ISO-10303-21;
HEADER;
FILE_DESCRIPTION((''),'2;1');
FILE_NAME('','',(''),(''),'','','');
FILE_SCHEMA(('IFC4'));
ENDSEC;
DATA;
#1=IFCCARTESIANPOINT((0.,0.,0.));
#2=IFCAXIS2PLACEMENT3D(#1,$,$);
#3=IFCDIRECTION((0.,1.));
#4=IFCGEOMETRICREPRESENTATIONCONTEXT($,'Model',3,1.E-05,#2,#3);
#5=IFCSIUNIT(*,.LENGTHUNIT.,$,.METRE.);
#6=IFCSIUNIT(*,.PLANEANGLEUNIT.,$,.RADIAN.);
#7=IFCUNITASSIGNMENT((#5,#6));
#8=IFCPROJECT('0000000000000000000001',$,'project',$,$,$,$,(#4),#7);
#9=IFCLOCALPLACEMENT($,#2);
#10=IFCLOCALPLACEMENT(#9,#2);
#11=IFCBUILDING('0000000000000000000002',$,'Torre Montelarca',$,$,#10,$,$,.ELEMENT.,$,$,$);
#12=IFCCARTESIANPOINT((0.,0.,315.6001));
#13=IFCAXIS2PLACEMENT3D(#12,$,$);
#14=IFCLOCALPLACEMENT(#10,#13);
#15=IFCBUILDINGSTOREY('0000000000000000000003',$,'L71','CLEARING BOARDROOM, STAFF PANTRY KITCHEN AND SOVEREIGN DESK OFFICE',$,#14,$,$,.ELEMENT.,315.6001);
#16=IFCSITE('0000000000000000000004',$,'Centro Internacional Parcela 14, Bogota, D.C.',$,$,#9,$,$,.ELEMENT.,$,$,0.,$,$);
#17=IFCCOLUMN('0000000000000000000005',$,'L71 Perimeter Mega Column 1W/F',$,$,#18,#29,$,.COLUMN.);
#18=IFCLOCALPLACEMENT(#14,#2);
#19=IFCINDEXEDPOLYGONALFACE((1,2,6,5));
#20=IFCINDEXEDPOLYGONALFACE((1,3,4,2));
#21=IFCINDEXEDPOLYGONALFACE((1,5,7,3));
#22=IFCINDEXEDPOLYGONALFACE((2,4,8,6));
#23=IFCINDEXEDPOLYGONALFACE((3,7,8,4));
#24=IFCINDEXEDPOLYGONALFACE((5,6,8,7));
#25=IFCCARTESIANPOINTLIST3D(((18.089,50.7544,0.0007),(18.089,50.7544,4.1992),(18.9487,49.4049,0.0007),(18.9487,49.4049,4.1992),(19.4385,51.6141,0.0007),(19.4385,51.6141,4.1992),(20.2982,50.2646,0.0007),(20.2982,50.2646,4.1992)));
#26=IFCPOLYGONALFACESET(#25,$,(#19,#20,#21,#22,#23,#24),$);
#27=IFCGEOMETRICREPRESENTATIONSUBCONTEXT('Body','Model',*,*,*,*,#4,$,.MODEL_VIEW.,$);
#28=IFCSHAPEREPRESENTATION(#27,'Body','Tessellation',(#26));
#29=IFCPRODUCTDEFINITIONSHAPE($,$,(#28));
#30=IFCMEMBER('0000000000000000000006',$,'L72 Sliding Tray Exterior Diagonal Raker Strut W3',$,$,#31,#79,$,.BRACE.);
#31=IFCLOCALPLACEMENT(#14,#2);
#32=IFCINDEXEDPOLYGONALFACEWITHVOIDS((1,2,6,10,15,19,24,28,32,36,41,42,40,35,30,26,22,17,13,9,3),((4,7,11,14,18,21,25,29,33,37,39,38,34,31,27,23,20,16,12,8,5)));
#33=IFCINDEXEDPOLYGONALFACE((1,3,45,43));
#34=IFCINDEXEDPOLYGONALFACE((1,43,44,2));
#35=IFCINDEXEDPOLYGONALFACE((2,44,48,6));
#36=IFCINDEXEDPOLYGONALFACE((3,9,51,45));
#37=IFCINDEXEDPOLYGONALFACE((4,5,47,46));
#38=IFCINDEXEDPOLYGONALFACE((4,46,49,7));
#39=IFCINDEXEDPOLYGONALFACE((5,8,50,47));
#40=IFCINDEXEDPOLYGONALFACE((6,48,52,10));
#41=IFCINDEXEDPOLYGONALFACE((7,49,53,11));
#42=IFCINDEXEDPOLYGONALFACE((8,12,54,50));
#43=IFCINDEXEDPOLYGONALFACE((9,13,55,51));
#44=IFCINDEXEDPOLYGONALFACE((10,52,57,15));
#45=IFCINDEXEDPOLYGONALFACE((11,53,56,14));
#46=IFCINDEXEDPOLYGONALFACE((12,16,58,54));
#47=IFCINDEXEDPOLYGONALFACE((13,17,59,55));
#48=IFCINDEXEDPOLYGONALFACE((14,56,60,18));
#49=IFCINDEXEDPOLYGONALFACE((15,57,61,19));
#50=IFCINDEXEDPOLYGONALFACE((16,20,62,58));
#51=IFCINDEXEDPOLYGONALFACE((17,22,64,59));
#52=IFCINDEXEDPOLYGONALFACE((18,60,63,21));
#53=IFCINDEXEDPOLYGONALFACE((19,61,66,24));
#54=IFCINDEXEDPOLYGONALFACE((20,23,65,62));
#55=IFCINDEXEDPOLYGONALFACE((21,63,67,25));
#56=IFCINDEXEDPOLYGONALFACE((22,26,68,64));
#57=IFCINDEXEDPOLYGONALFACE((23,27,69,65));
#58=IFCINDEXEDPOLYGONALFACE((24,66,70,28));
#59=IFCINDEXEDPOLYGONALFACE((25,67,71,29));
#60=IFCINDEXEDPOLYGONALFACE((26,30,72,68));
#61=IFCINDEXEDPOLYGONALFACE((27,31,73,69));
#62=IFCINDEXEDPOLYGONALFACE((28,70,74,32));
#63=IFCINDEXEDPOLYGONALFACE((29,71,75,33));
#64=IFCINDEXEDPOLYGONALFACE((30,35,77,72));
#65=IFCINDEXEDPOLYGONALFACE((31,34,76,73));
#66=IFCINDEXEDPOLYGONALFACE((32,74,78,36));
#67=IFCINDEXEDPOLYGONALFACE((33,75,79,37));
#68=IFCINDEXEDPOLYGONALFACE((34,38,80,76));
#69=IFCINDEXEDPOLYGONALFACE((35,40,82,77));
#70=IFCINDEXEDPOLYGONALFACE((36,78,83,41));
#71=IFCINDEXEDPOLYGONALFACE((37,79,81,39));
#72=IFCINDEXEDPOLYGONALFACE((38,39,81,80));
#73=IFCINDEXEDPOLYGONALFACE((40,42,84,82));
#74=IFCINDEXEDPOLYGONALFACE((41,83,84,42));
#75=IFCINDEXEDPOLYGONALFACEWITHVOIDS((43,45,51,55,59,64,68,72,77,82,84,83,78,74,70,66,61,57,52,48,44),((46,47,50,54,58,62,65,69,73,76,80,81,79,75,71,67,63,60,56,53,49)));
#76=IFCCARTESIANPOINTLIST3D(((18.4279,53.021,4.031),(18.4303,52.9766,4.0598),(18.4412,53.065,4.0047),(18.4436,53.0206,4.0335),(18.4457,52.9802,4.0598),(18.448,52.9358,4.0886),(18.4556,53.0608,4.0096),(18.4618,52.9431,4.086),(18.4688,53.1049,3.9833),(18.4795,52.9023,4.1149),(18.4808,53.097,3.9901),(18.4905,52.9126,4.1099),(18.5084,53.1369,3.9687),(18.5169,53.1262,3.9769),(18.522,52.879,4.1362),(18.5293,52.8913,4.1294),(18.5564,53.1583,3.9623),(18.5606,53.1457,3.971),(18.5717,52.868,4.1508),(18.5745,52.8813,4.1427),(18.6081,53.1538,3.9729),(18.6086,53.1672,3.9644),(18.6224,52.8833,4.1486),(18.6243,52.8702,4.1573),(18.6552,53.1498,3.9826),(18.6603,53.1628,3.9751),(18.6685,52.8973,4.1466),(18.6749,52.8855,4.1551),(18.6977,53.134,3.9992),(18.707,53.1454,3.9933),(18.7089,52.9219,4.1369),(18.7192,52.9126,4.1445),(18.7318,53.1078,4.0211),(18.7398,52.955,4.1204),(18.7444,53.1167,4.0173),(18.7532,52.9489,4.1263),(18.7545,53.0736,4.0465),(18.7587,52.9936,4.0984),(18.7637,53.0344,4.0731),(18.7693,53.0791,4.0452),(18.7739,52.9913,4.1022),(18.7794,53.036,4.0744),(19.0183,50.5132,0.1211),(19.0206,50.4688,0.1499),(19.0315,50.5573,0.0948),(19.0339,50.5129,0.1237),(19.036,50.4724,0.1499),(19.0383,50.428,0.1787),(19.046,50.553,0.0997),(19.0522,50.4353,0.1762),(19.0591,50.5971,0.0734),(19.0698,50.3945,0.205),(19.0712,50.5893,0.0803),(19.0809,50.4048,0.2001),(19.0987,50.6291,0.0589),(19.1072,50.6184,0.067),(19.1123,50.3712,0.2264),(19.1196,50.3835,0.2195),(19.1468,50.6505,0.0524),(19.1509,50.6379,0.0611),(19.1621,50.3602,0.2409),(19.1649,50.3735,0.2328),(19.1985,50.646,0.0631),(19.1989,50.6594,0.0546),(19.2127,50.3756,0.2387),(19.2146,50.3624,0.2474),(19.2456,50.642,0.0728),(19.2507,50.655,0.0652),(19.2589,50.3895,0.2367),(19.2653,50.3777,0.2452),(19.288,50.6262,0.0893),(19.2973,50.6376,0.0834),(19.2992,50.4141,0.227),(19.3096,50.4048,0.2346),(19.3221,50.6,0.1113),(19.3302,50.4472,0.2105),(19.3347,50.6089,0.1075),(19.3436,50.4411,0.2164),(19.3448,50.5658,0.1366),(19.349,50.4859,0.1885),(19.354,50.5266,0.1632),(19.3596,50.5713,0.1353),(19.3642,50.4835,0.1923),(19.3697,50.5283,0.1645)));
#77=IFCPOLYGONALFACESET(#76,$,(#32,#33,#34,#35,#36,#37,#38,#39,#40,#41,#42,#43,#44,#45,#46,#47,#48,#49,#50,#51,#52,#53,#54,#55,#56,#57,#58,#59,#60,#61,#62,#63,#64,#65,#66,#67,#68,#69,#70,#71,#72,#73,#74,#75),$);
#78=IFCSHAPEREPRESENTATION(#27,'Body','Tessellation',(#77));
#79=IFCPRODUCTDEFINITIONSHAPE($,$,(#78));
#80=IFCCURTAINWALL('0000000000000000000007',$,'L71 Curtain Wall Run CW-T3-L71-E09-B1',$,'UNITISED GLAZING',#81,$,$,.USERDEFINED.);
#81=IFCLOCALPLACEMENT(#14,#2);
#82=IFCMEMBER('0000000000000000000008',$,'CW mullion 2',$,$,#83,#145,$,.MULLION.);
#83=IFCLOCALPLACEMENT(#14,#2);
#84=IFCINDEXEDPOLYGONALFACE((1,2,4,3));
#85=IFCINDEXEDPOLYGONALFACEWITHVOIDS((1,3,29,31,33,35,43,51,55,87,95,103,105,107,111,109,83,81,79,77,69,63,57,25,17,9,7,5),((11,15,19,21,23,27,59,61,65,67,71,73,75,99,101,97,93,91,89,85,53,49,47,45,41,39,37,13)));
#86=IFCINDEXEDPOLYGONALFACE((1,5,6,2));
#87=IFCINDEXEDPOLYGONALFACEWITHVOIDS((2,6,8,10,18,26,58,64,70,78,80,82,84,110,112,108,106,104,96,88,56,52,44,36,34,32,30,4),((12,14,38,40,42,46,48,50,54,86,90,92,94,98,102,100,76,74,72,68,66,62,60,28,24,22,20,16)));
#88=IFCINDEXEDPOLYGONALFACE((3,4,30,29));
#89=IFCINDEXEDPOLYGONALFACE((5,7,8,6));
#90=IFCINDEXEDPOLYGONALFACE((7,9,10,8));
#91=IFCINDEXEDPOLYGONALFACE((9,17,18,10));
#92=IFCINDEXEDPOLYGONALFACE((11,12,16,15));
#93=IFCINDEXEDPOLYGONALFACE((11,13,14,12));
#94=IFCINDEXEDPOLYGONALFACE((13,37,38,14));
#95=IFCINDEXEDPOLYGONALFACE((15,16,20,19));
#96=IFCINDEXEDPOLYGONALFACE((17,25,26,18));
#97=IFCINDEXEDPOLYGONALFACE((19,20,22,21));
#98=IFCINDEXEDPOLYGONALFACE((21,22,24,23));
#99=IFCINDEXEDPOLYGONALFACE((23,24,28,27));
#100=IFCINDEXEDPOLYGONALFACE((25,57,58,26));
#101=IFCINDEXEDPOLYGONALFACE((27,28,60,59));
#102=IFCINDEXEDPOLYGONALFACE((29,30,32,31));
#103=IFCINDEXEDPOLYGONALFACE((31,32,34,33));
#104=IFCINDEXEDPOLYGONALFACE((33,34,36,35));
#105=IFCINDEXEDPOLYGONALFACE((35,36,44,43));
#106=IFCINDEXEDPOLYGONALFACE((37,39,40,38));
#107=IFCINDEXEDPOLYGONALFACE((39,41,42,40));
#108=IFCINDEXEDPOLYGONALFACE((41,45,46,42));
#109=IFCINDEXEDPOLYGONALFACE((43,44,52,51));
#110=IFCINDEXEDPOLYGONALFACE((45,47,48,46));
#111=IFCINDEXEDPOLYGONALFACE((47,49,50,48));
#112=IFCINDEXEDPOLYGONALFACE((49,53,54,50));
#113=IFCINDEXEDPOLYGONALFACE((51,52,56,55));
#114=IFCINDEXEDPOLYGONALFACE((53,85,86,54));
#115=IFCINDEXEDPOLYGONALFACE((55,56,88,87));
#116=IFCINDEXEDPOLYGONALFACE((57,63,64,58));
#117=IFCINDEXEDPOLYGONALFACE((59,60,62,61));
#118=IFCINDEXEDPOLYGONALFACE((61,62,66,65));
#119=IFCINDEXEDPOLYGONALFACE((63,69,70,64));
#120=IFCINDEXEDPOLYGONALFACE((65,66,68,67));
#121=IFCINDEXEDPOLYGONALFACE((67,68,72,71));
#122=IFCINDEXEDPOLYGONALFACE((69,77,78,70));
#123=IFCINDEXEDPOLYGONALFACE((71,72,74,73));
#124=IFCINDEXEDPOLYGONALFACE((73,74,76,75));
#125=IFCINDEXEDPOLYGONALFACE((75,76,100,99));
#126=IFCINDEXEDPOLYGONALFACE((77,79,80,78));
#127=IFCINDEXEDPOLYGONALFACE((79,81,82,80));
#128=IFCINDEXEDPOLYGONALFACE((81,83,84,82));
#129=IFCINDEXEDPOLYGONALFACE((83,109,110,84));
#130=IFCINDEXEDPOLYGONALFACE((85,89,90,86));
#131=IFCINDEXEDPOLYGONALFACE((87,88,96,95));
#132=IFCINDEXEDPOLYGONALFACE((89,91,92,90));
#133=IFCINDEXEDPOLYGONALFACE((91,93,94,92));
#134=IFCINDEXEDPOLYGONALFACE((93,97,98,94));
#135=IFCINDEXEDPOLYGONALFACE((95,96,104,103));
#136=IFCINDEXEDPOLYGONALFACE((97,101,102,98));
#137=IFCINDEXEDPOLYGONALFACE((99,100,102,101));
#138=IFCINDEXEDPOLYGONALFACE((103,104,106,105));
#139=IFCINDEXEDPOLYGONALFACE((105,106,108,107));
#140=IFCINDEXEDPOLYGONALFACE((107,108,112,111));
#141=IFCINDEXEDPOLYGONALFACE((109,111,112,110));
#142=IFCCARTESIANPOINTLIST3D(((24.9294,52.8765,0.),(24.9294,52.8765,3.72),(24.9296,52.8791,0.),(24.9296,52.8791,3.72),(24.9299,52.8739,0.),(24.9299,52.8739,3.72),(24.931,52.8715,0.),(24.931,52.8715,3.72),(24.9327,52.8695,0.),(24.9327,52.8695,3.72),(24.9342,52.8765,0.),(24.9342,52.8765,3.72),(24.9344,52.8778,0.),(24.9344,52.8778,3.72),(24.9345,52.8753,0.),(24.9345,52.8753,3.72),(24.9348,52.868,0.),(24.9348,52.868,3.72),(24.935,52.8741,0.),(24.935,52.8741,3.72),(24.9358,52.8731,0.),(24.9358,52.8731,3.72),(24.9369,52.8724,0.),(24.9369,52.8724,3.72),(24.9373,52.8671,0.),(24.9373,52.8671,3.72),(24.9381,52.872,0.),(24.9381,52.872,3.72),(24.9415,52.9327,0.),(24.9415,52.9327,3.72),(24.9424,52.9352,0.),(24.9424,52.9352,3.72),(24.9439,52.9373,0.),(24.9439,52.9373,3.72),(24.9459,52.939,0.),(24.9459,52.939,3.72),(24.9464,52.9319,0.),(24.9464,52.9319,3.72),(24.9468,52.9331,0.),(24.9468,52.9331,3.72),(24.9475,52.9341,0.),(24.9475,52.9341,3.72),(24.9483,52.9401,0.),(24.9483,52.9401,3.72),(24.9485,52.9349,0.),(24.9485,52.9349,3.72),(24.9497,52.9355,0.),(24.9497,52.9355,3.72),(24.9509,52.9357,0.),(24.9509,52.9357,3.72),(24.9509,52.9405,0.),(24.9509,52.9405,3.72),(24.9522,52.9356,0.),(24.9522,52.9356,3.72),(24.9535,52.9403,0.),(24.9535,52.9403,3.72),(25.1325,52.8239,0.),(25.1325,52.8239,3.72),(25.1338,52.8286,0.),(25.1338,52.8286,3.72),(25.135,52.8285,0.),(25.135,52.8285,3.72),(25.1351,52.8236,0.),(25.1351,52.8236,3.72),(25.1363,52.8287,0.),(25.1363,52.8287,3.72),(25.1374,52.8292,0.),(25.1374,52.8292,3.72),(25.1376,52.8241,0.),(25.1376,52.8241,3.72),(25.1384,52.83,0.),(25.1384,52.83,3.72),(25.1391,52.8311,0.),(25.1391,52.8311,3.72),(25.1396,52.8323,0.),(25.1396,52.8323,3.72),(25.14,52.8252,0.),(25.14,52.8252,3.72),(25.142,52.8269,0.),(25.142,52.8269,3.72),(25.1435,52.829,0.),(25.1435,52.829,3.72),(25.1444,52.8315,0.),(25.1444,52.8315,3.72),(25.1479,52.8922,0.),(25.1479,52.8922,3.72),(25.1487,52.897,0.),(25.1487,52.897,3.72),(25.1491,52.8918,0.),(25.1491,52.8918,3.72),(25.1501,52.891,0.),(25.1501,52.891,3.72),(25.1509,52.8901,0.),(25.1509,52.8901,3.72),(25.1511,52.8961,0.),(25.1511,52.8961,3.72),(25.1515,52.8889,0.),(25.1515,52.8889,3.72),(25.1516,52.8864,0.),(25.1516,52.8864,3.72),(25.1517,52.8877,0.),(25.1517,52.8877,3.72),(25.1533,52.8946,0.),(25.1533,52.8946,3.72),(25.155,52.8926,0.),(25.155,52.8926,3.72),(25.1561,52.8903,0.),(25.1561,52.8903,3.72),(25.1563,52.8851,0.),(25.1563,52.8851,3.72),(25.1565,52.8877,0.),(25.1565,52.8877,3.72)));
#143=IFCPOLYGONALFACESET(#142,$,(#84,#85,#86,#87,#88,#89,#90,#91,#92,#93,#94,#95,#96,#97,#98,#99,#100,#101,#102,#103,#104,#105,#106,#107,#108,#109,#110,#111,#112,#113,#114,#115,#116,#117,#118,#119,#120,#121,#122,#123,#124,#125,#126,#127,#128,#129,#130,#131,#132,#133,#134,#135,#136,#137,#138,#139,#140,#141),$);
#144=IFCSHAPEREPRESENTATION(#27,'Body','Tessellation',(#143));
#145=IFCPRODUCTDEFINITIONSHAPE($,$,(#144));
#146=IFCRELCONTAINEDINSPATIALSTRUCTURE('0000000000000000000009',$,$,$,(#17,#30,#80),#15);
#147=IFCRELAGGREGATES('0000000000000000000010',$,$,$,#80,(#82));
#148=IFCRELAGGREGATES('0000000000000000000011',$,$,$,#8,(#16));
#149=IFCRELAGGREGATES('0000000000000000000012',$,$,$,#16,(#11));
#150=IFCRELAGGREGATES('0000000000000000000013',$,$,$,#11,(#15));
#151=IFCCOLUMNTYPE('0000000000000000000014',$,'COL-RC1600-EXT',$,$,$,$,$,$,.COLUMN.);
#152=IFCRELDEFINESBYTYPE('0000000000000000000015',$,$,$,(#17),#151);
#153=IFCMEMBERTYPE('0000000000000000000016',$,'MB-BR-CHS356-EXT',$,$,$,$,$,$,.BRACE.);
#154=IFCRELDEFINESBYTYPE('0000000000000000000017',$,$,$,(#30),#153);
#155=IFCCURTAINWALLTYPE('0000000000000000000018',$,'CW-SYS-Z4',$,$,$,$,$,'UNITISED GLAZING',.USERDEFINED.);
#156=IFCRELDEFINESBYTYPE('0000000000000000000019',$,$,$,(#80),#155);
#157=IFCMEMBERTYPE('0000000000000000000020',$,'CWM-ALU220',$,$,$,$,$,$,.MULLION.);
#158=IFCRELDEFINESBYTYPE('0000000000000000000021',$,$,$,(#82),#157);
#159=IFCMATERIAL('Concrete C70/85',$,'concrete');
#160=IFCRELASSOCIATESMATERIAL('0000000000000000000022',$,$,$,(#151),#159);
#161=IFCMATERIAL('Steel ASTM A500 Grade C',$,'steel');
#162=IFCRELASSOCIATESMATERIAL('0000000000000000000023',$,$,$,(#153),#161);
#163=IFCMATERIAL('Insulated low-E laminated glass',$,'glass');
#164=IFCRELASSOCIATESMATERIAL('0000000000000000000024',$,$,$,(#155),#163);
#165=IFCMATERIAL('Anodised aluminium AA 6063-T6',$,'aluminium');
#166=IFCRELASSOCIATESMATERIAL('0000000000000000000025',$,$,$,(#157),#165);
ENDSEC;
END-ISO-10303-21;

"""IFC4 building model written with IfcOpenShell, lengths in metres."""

from ifc_helpers import new_model, si_unit, direction, frame, origin, origin_2d, place, context, subcontext, project, spatial, rectangle, hollow_rectangle, hollow_circle, extrude, source, transform, mapped, material, material_profile, profile_set, type_object, element, aggregate, save


model = new_model("IFC4")

# Units and contexts
model_context = context("Model", 3, precision=1e-05, world=origin(), true_north=direction((0.0, 1.0)))
body_context = subcontext(model_context, "Body", "Model", "MODEL_VIEW")
ifc_project = project(units=[si_unit("LENGTHUNIT", "METRE"), si_unit("PLANEANGLEUNIT", "RADIAN")], contexts=[model_context])

# Site, building, storey
site_placement = place(None, origin())
site = spatial("IfcSite", under=ifc_project, at=site_placement, Name="Centro Internacional Parcela 14, Bogota, D.C.", CompositionType="ELEMENT", RefElevation=0.0)
building_placement = place(site_placement, origin())
building = spatial("IfcBuilding", under=site, at=building_placement, Name="Torre Montelarca", CompositionType="ELEMENT")
storey_placement = place(building_placement, frame((0.0, 0.0, 315.6001)))
storey = spatial("IfcBuildingStorey", under=building, at=storey_placement, Name="L71", Description="CLEARING BOARDROOM, STAFF PANTRY KITCHEN AND SOVEREIGN DESK OFFICE", CompositionType="ELEMENT", Elevation=315.6001)

# Column
ifc_material_1 = material(Name="Concrete C70/85", Category="concrete")
ifc_material_profile_1 = material_profile(ifc_material_1, rectangle(XDim=1.6001, YDim=1.6001, at=origin_2d()), Name="RC1600X1600", Category="concrete")
ifc_profile_set_1 = profile_set([ifc_material_profile_1], Name="Concrete C70/85")
column_type = type_object("IfcColumnType", Name="COL-RC1600-EXT", PredefinedType="COLUMN", material=ifc_profile_set_1)
shared_shape_1 = source(origin(), body_context, "Body", "SweptSolid", [
    extrude(rectangle(XDim=1.6001, YDim=1.6001, at=origin_2d()), origin(), (0.0, 0.0, 1.0), 4.1985),
])
column_placement = place(storey_placement, frame((19.1936, 50.5095, 0.0007), z_axis=(0.0, 0.0, 1.0), x_axis=(-0.5373, 0.843391, 0.0)))
element("IfcColumn", 1, at=column_placement, inside=storey, type_object=column_type, Name="L71 Perimeter Mega Column 1W/F", PredefinedType="COLUMN", context=body_context, shape_type="MappedRepresentation", body=[
    mapped(shared_shape_1, transform((0.0, 0.0, 0.0), scale=1.0)),
])

# Member
ifc_material_2 = material(Name="Steel ASTM A500 Grade C", Category="steel")
ifc_material_profile_2 = material_profile(ifc_material_2, hollow_circle(Radius=0.1777, WallThickness=0.0159, at=origin_2d()), Name="HSS355.6X15.9", Category="steel")
ifc_profile_set_2 = profile_set([ifc_material_profile_2], Name="Steel ASTM A500 Grade C")
member_type_1 = type_object("IfcMemberType", Name="MB-BR-CHS356-EXT", PredefinedType="BRACE", material=ifc_profile_set_2)
shared_shape_2 = source(origin(), body_context, "Body", "SweptSolid", [
    extrude(hollow_circle(Radius=0.1777, WallThickness=0.0159, at=origin_2d()), origin(), (0.0, 0.0, 1.0), 4.6824),
])
member_1_placement = place(storey_placement, frame((19.1936, 50.5095, 0.1499), z_axis=(-0.126074, 0.535581, 0.83502), x_axis=(-0.973395, -0.229134, 0.0)))
element("IfcMember", 2, at=member_1_placement, inside=storey, type_object=member_type_1, Name="L72 Sliding Tray Exterior Diagonal Raker Strut W3", PredefinedType="BRACE", context=body_context, shape_type="MappedRepresentation", body=[
    mapped(shared_shape_2, transform((0.0, 0.0, 0.0), scale=1.0)),
])

# Curtain wall, member
ifc_material_3 = material(Name="Insulated low-E laminated glass", Category="glass")
curtain_wall_type = type_object("IfcCurtainWallType", Name="CW-SYS-Z4", ElementType="UNITISED GLAZING", PredefinedType="USERDEFINED", material=ifc_material_3)
curtain_wall_1_placement = place(storey_placement, origin())
curtain_wall_1 = element("IfcCurtainWall", 3, at=curtain_wall_1_placement, inside=storey, type_object=curtain_wall_type, Name="L71 Curtain Wall Run CW-T3-L71-E09-B1", ObjectType="UNITISED GLAZING", PredefinedType="USERDEFINED")
ifc_material_4 = material(Name="Anodised aluminium AA 6063-T6", Category="aluminium")
ifc_material_profile_3 = material_profile(ifc_material_4, hollow_rectangle(XDim=0.075, YDim=0.22, WallThickness=0.0049, InnerFilletRadius=0.0049, OuterFilletRadius=0.01, at=origin_2d()), Name="ALU75X220X5", Category="aluminium")
ifc_profile_set_3 = profile_set([ifc_material_profile_3], Name="Anodised aluminium AA 6063-T6")
member_type_2 = type_object("IfcMemberType", Name="CWM-ALU220", PredefinedType="MULLION", material=ifc_profile_set_3)
shared_shape_3 = source(origin(), body_context, "Body", "SweptSolid", [
    extrude(hollow_rectangle(XDim=0.075, YDim=0.22, WallThickness=0.0049, InnerFilletRadius=0.0049, OuterFilletRadius=0.01, at=origin_2d()), origin(), (0.0, 0.0, 1.0), 3.72),
])
member_2_placement = place(storey_placement, frame((25.043, 52.8821, 0.0), z_axis=(0.0, 0.0, 1.0), x_axis=(-0.216443, -0.976295, 0.0)))
member_2 = element("IfcMember", 4, at=member_2_placement, type_object=member_type_2, Name="CW mullion 2", PredefinedType="MULLION", context=body_context, shape_type="MappedRepresentation", body=[
    mapped(shared_shape_3, transform((0.0, 0.0, 0.0), scale=1.0)),
])

aggregate(curtain_wall_1, [member_2])

save(model, "model.ifc")
